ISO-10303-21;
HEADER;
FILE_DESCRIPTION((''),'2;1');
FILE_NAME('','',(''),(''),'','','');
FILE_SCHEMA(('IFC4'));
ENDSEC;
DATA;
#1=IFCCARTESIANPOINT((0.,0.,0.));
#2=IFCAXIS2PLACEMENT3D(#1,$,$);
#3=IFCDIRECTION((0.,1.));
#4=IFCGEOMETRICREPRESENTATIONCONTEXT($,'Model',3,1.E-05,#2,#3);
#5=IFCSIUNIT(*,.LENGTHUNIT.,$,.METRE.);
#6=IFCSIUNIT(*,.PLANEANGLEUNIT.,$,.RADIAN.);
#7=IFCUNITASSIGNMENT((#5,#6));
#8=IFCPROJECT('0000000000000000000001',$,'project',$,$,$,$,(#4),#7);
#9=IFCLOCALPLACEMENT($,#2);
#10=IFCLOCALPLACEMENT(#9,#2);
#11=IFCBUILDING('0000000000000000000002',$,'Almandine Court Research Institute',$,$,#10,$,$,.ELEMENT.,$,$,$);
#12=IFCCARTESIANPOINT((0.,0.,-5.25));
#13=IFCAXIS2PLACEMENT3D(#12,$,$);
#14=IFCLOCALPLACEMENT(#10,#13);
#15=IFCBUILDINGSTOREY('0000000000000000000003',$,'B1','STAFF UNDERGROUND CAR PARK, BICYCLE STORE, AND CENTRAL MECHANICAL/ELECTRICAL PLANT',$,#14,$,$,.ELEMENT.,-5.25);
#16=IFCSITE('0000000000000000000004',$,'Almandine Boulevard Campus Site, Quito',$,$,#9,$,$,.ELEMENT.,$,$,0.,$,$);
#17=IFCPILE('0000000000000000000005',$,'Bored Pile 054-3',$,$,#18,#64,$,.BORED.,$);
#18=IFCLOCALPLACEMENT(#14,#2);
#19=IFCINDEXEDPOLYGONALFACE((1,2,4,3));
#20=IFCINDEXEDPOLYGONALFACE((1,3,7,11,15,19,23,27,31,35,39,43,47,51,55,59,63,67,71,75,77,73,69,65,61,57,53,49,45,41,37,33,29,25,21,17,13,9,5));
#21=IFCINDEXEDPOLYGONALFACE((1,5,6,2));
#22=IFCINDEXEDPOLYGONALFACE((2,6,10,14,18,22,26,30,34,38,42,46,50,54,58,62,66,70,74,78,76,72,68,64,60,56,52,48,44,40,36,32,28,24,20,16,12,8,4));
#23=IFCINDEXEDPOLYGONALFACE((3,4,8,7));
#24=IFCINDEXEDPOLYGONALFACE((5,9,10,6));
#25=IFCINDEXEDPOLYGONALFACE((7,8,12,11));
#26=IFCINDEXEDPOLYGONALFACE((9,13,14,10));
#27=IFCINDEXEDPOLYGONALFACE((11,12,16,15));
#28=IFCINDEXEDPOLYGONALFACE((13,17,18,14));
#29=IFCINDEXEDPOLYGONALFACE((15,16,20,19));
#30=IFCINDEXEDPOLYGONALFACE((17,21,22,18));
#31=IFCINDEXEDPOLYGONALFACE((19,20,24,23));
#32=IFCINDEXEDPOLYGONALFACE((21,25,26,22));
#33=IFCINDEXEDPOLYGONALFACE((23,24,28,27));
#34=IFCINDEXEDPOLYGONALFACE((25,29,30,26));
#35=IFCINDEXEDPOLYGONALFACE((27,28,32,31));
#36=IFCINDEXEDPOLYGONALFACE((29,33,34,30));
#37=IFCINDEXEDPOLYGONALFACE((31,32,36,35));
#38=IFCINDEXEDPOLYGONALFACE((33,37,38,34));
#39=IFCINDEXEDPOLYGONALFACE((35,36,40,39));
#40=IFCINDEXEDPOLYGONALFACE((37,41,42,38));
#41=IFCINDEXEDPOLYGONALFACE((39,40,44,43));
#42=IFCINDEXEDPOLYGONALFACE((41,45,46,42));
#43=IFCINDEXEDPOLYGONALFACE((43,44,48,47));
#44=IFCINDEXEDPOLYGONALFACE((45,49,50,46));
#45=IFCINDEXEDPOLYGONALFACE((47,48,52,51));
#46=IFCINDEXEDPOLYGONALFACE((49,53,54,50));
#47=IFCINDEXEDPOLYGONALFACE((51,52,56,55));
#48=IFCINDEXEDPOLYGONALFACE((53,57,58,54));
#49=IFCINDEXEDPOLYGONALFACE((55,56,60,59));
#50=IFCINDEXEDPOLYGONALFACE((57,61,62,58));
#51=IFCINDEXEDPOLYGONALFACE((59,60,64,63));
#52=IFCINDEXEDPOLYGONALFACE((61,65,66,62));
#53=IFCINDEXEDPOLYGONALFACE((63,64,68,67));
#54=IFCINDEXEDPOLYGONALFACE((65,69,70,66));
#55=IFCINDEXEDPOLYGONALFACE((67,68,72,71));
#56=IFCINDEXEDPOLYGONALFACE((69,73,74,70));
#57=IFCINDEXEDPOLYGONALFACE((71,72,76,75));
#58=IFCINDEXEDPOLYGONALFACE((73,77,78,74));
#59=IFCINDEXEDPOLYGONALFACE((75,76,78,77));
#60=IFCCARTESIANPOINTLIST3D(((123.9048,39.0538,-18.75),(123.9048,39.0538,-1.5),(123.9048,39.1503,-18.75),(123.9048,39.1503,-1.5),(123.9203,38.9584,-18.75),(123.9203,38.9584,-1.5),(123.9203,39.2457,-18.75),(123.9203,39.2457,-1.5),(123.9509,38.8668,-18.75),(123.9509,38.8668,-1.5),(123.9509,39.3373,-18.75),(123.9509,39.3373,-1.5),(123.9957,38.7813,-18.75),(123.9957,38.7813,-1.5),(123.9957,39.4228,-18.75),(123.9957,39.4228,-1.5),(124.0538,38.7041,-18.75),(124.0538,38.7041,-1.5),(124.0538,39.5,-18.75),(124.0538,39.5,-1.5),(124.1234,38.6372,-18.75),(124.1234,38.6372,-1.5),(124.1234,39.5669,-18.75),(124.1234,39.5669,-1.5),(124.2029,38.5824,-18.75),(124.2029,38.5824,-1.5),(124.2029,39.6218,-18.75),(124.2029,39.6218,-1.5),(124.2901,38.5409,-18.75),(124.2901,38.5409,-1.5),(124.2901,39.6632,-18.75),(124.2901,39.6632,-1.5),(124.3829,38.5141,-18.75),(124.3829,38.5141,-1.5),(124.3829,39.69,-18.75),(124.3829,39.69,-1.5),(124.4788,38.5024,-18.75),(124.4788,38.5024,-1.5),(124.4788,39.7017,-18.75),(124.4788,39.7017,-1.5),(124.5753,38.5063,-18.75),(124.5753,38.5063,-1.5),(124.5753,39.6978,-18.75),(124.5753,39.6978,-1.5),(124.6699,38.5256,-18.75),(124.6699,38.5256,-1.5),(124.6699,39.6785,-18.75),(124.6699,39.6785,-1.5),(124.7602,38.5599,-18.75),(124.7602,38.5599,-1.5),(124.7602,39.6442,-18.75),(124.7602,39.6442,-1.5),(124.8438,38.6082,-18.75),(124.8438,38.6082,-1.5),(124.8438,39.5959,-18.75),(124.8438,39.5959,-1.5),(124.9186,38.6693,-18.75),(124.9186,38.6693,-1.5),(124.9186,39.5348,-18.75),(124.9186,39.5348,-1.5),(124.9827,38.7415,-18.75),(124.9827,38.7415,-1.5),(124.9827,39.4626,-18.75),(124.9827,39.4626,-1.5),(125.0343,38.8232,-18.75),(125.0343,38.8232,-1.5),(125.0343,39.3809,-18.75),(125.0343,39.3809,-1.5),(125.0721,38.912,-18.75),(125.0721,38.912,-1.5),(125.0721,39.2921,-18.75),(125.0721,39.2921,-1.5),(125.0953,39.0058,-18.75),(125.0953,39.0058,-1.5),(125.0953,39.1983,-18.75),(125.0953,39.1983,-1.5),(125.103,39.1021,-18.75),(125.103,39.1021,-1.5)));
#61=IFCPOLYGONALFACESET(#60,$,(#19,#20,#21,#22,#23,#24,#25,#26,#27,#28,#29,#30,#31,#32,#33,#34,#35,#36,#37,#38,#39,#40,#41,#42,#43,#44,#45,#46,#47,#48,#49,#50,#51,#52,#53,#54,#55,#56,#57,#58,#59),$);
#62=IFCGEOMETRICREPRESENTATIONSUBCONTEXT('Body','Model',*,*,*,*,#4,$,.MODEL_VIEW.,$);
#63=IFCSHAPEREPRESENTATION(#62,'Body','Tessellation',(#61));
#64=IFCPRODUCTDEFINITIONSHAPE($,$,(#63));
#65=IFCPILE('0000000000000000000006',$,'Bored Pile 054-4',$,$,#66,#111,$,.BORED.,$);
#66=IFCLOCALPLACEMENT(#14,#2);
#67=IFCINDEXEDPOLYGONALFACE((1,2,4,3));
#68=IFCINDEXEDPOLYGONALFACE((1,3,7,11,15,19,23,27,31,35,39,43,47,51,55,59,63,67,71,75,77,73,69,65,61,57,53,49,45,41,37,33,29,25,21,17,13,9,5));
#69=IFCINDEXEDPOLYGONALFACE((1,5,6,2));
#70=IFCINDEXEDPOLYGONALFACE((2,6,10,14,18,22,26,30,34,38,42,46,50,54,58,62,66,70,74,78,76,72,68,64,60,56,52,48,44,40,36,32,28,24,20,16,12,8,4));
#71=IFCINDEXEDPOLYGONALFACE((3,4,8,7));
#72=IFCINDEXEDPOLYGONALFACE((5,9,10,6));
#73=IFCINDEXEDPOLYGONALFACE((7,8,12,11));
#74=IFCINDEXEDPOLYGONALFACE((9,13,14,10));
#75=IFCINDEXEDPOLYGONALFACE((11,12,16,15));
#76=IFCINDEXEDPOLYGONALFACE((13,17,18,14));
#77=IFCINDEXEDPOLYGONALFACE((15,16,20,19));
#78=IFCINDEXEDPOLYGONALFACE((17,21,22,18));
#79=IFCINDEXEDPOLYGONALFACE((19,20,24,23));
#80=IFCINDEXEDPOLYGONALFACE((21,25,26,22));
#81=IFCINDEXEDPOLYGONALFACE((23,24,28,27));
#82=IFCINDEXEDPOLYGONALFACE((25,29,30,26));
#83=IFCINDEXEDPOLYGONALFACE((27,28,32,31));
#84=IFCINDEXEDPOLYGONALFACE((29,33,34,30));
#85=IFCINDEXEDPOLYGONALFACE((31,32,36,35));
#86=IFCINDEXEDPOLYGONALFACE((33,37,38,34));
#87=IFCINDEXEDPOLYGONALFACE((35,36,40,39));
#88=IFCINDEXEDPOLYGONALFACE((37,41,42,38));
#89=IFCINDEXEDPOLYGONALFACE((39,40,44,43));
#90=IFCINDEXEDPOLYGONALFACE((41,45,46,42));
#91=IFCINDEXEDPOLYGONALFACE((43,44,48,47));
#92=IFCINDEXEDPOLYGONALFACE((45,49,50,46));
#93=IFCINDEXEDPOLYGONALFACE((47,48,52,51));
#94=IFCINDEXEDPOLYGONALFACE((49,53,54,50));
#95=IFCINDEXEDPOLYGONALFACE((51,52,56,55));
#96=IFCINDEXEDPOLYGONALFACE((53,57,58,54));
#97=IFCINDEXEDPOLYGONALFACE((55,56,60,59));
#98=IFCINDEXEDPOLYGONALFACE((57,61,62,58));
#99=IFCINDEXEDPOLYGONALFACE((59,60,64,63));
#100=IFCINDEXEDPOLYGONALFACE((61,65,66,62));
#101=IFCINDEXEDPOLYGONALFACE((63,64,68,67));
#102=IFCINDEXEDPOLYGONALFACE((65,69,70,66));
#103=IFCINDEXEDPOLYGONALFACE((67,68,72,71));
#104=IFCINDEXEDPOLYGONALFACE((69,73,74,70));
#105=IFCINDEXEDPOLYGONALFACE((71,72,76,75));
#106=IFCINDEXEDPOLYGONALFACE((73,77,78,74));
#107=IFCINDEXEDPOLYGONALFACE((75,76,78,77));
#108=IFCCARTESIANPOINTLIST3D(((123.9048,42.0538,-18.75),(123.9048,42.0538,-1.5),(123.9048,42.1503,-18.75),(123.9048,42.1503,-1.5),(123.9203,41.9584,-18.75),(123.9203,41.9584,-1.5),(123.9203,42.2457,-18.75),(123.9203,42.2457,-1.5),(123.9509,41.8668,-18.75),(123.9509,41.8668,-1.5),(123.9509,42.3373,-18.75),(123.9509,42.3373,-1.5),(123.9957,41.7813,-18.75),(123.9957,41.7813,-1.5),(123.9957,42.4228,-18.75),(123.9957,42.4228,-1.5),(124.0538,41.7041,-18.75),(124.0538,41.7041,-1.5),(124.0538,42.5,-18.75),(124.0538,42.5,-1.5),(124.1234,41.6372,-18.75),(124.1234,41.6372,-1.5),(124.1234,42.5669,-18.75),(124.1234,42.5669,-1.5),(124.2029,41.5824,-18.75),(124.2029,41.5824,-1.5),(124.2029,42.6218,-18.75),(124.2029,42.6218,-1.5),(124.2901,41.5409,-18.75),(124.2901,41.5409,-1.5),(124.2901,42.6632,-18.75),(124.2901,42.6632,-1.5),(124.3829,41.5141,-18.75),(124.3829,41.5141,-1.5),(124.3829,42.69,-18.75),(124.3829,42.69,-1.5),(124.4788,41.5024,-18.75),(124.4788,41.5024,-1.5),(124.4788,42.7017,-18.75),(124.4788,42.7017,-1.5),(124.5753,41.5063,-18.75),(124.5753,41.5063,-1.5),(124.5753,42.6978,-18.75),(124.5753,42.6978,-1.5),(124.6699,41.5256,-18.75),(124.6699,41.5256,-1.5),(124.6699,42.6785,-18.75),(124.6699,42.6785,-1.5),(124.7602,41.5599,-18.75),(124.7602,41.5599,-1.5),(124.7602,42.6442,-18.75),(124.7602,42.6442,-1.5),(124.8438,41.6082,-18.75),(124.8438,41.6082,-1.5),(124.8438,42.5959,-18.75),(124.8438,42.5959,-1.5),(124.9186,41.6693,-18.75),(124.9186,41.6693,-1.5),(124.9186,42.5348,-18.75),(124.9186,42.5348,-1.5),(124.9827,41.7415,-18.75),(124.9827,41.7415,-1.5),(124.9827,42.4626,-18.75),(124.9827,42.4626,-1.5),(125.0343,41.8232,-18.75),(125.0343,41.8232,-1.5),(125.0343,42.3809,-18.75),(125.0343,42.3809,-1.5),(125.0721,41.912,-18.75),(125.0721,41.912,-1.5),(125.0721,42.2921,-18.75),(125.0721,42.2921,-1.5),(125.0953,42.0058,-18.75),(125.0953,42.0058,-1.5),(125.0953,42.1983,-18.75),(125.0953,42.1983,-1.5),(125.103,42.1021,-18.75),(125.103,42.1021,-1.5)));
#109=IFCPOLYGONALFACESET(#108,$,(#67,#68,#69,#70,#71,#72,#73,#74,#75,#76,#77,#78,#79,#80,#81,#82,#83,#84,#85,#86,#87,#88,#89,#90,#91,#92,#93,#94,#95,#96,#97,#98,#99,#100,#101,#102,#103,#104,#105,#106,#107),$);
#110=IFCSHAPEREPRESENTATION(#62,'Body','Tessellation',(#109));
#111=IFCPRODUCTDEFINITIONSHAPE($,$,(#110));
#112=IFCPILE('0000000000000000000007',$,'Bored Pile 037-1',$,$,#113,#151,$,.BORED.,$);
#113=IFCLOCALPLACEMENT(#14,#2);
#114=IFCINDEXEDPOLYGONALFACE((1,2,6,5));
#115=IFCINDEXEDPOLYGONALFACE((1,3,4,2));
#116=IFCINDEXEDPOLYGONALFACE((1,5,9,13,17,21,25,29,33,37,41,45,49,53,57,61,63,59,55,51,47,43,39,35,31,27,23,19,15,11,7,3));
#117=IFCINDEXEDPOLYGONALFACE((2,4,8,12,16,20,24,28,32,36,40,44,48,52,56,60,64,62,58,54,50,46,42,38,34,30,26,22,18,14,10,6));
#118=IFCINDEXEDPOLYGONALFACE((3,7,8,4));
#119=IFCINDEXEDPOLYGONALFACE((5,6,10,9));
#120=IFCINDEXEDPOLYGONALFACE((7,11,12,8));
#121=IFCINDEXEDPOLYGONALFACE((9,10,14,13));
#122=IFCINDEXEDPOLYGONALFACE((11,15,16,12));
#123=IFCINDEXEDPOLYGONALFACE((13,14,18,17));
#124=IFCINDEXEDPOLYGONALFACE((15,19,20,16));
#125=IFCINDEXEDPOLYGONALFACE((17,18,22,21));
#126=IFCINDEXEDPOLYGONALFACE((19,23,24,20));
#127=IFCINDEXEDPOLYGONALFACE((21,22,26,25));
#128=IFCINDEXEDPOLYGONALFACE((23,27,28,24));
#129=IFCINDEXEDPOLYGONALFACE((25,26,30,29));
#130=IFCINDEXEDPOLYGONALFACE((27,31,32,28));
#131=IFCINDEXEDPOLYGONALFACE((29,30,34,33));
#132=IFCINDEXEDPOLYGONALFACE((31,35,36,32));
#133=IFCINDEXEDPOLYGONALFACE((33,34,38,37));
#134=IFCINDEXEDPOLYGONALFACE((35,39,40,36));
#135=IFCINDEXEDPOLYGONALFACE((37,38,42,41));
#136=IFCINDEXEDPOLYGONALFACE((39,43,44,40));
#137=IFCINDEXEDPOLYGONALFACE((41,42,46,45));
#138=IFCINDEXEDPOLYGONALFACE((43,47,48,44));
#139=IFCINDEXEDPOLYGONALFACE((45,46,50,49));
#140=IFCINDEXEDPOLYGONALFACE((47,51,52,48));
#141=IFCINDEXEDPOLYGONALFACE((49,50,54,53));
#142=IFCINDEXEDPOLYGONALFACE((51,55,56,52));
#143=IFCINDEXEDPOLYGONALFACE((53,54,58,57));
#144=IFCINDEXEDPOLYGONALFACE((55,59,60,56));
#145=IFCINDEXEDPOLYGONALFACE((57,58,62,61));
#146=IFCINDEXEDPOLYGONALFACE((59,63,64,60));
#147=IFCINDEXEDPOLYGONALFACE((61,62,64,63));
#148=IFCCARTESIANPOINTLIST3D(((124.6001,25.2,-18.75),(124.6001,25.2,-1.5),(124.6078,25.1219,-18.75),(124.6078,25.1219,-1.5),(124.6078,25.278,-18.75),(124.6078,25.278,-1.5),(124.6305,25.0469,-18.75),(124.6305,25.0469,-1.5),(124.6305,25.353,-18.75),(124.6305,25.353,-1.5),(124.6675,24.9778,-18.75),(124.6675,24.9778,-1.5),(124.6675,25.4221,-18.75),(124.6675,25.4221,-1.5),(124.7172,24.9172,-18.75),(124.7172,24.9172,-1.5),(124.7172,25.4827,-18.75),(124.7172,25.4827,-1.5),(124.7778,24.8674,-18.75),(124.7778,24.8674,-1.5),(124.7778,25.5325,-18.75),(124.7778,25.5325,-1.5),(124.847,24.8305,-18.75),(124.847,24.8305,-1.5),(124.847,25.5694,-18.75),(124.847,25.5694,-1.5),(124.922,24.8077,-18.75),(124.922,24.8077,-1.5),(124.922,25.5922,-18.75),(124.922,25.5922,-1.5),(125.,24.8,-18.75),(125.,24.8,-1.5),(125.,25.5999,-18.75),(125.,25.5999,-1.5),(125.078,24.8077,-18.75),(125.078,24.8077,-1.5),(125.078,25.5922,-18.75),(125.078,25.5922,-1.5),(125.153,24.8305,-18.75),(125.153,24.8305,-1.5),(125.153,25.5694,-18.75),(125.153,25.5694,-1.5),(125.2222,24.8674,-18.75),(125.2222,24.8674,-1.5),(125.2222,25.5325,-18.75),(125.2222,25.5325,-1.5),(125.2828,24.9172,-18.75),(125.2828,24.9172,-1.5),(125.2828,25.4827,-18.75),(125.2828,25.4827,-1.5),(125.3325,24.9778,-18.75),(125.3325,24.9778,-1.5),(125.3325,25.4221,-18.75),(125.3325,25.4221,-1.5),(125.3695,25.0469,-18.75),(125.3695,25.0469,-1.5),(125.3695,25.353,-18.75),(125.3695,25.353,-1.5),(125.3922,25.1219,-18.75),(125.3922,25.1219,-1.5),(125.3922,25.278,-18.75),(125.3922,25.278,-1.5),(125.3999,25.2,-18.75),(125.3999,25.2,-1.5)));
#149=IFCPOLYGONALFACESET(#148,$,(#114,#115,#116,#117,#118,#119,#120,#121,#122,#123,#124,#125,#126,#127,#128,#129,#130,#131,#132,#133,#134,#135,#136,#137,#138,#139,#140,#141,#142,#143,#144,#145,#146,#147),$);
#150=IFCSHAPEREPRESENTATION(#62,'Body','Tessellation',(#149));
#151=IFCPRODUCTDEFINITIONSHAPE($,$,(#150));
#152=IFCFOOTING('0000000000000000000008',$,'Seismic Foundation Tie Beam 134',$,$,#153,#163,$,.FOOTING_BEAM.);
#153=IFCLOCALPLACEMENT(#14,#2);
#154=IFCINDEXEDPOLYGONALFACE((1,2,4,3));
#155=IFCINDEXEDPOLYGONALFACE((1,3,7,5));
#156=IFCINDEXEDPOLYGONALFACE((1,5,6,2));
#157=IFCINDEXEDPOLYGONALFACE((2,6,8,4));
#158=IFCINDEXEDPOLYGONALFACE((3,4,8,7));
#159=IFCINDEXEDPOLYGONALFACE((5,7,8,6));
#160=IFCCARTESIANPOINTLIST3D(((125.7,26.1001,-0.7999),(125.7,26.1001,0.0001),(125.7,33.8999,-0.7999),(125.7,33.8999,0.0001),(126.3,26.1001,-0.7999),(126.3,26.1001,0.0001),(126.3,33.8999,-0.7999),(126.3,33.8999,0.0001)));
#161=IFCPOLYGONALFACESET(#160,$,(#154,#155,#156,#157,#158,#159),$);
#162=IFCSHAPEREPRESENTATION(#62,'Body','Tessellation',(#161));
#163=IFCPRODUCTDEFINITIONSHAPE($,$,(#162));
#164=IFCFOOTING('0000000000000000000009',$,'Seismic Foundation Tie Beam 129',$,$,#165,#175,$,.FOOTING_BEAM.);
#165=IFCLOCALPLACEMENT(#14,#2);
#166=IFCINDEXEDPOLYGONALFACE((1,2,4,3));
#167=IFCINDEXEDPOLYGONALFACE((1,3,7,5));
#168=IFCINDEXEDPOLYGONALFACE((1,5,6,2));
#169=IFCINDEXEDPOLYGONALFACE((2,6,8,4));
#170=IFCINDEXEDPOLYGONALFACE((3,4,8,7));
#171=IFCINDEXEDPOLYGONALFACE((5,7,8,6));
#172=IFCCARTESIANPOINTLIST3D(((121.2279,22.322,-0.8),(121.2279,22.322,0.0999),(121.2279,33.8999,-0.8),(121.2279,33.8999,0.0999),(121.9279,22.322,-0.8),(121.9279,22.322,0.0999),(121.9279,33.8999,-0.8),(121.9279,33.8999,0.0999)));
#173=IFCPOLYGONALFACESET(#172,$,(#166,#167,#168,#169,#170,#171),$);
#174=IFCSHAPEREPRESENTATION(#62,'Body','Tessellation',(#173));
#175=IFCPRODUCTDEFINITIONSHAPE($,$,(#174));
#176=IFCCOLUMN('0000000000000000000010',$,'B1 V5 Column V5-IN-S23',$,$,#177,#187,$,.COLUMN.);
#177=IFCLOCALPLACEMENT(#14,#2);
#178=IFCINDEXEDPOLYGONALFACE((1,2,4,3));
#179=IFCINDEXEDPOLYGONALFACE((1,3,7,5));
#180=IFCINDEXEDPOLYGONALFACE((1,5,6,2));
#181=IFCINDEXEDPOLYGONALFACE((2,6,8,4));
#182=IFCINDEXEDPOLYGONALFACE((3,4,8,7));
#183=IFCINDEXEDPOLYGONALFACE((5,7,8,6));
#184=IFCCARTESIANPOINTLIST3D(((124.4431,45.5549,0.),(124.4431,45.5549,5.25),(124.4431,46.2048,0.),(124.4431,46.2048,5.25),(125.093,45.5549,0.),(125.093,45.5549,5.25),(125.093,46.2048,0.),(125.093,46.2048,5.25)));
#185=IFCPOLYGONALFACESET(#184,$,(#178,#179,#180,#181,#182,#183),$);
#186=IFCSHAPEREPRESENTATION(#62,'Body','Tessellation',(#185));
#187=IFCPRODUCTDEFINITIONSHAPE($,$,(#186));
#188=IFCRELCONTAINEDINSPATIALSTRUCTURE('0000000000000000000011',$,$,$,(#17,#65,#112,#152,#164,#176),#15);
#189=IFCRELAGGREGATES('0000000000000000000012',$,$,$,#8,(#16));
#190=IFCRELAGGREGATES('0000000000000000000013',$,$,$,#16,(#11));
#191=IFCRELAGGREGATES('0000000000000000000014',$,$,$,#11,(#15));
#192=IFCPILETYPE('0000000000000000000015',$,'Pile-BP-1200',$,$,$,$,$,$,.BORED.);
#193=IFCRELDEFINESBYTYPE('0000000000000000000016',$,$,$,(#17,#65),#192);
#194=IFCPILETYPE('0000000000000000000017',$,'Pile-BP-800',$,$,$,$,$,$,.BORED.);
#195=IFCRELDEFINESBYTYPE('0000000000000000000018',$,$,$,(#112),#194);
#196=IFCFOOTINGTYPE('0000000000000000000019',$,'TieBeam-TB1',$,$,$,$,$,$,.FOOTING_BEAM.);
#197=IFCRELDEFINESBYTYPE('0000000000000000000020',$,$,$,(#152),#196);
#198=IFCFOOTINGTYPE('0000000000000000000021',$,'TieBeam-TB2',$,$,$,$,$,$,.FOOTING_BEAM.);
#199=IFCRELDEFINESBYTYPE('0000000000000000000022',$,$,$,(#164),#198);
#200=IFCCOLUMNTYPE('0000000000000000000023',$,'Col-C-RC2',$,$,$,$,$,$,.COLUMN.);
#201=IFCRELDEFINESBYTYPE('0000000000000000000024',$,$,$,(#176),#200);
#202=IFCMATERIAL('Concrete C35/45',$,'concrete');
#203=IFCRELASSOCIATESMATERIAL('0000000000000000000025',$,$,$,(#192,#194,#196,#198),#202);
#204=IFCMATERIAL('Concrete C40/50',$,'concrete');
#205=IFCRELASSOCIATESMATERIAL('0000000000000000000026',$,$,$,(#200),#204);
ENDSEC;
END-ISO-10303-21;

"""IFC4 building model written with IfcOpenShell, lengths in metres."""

from ifc_helpers import new_model, si_unit, direction, frame, origin, origin_2d, place, context, subcontext, project, spatial, rectangle, circle, extrude, material, material_profile, profile_set, type_object, element, save


model = new_model("IFC4")

# Units and contexts
model_context = context("Model", 3, precision=1e-05, world=origin(), true_north=direction((0.0, 1.0)))
body_context = subcontext(model_context, "Body", "Model", "MODEL_VIEW")
ifc_project = project(units=[si_unit("LENGTHUNIT", "METRE"), si_unit("PLANEANGLEUNIT", "RADIAN")], contexts=[model_context])

# Site, building, storey
site_placement = place(None, origin())
site = spatial("IfcSite", under=ifc_project, at=site_placement, Name="Almandine Boulevard Campus Site, Quito", CompositionType="ELEMENT", RefElevation=0.0)
building_placement = place(site_placement, origin())
building = spatial("IfcBuilding", under=site, at=building_placement, Name="Almandine Court Research Institute", CompositionType="ELEMENT")
storey_placement = place(building_placement, frame((0.0, 0.0, -5.25)))
storey = spatial("IfcBuildingStorey", under=building, at=storey_placement, Name="B1", Description="STAFF UNDERGROUND CAR PARK, BICYCLE STORE, AND CENTRAL MECHANICAL/ELECTRICAL PLANT", CompositionType="ELEMENT", Elevation=-5.25)

# Shared definitions
ifc_material_1 = material(Name="Concrete C35/45", Category="concrete")

# Piles
ifc_material_profile_1 = material_profile(ifc_material_1, circle(Radius=0.6001, at=origin_2d()), Name="BORED PILE D1200")
ifc_profile_set_1 = profile_set([ifc_material_profile_1], Name="Concrete C35/45")
pile_type_1 = type_object("IfcPileType", Name="Pile-BP-1200", PredefinedType="BORED", material=ifc_profile_set_1)
for number, where, z_axis, x_axis, name in (
    (1, (124.5029, 39.1021, -1.5), (0.0, 0.0, -1.0), (1.0, 0.0, 0.0), "Bored Pile 054-3"),
    (2, (124.5029, 42.1021, -1.5), (0.0, 0.0, -1.0), (1.0, 0.0, 0.0), "Bored Pile 054-4"),
):
    element("IfcPile", number, at=place(storey_placement, frame(where, z_axis=z_axis, x_axis=x_axis)), inside=storey, type_object=pile_type_1, Name=name, PredefinedType="BORED", context=body_context, shape_type="SweptSolid", body=[
        extrude(circle(Radius=0.6001, at=origin_2d()), origin(), (0.0, 0.0, 1.0), 17.25),
    ])
ifc_material_profile_2 = material_profile(ifc_material_1, circle(Radius=0.3999, at=origin_2d()), Name="BORED PILE D800")
ifc_profile_set_2 = profile_set([ifc_material_profile_2], Name="Concrete C35/45")
pile_type_2 = type_object("IfcPileType", Name="Pile-BP-800", PredefinedType="BORED", material=ifc_profile_set_2)
pile_1_placement = place(storey_placement, frame((125.0, 25.2, -1.5), z_axis=(0.0, 0.0, -1.0), x_axis=(1.0, 0.0, 0.0)))
element("IfcPile", 3, at=pile_1_placement, inside=storey, type_object=pile_type_2, Name="Bored Pile 037-1", PredefinedType="BORED", context=body_context, shape_type="SweptSolid", body=[
    extrude(circle(Radius=0.3999, at=origin_2d()), origin(), (0.0, 0.0, 1.0), 17.25),
])

# Footings
ifc_material_profile_3 = material_profile(ifc_material_1, rectangle(XDim=0.6001, YDim=0.8, at=origin_2d()), Name="RC TIE 600x800")
ifc_profile_set_3 = profile_set([ifc_material_profile_3], Name="Concrete C35/45")
footing_type_1 = type_object("IfcFootingType", Name="TieBeam-TB1", PredefinedType="FOOTING_BEAM", material=ifc_profile_set_3)
footing_1_placement = place(storey_placement, frame((126.0, 26.1001, -0.3999), z_axis=(0.0, 1.0, 0.0), x_axis=(-1.0, 0.0, 0.0)))
element("IfcFooting", 4, at=footing_1_placement, inside=storey, type_object=footing_type_1, Name="Seismic Foundation Tie Beam 134", PredefinedType="FOOTING_BEAM", context=body_context, shape_type="SweptSolid", body=[
    extrude(rectangle(XDim=0.6001, YDim=0.8, at=origin_2d()), origin(), (0.0, 0.0, 1.0), 7.7998),
])
ifc_material_profile_4 = material_profile(ifc_material_1, rectangle(XDim=0.7, YDim=0.8999, at=origin_2d()), Name="RC TIE 700x900")
ifc_profile_set_4 = profile_set([ifc_material_profile_4], Name="Concrete C35/45")
footing_type_2 = type_object("IfcFootingType", Name="TieBeam-TB2", PredefinedType="FOOTING_BEAM", material=ifc_profile_set_4)
footing_2_placement = place(storey_placement, frame((121.5779, 22.322, -0.3501), z_axis=(0.0, 1.0, 0.0), x_axis=(-1.0, 0.0, 0.0)))
element("IfcFooting", 5, at=footing_2_placement, inside=storey, type_object=footing_type_2, Name="Seismic Foundation Tie Beam 129", PredefinedType="FOOTING_BEAM", context=body_context, shape_type="SweptSolid", body=[
    extrude(rectangle(XDim=0.7, YDim=0.8999, at=origin_2d()), origin(), (0.0, 0.0, 1.0), 11.5779),
])

# Column
ifc_material_2 = material(Name="Concrete C40/50", Category="concrete")
ifc_material_profile_5 = material_profile(ifc_material_2, rectangle(XDim=0.6499, YDim=0.6499, at=origin_2d()), Name="RC 650x650")
ifc_profile_set_5 = profile_set([ifc_material_profile_5], Name="Concrete C40/50")
column_type_1 = type_object("IfcColumnType", Name="Col-C-RC2", PredefinedType="COLUMN", material=ifc_profile_set_5)
for number, where, z_axis, x_axis, name in (
    (6, (124.7681, 45.8799, 0.0), (0.0, 0.0, 1.0), (1.0, 0.0, 0.0), "B1 V5 Column V5-IN-S23"),
):
    element("IfcColumn", number, at=place(storey_placement, frame(where, z_axis=z_axis, x_axis=x_axis)), inside=storey, type_object=column_type_1, Name=name, PredefinedType="COLUMN", context=body_context, shape_type="SweptSolid", body=[
        extrude(rectangle(XDim=0.6499, YDim=0.6499, at=origin_2d()), origin(), (0.0, 0.0, 1.0), 5.25),
    ])

save(model, "model.ifc")
